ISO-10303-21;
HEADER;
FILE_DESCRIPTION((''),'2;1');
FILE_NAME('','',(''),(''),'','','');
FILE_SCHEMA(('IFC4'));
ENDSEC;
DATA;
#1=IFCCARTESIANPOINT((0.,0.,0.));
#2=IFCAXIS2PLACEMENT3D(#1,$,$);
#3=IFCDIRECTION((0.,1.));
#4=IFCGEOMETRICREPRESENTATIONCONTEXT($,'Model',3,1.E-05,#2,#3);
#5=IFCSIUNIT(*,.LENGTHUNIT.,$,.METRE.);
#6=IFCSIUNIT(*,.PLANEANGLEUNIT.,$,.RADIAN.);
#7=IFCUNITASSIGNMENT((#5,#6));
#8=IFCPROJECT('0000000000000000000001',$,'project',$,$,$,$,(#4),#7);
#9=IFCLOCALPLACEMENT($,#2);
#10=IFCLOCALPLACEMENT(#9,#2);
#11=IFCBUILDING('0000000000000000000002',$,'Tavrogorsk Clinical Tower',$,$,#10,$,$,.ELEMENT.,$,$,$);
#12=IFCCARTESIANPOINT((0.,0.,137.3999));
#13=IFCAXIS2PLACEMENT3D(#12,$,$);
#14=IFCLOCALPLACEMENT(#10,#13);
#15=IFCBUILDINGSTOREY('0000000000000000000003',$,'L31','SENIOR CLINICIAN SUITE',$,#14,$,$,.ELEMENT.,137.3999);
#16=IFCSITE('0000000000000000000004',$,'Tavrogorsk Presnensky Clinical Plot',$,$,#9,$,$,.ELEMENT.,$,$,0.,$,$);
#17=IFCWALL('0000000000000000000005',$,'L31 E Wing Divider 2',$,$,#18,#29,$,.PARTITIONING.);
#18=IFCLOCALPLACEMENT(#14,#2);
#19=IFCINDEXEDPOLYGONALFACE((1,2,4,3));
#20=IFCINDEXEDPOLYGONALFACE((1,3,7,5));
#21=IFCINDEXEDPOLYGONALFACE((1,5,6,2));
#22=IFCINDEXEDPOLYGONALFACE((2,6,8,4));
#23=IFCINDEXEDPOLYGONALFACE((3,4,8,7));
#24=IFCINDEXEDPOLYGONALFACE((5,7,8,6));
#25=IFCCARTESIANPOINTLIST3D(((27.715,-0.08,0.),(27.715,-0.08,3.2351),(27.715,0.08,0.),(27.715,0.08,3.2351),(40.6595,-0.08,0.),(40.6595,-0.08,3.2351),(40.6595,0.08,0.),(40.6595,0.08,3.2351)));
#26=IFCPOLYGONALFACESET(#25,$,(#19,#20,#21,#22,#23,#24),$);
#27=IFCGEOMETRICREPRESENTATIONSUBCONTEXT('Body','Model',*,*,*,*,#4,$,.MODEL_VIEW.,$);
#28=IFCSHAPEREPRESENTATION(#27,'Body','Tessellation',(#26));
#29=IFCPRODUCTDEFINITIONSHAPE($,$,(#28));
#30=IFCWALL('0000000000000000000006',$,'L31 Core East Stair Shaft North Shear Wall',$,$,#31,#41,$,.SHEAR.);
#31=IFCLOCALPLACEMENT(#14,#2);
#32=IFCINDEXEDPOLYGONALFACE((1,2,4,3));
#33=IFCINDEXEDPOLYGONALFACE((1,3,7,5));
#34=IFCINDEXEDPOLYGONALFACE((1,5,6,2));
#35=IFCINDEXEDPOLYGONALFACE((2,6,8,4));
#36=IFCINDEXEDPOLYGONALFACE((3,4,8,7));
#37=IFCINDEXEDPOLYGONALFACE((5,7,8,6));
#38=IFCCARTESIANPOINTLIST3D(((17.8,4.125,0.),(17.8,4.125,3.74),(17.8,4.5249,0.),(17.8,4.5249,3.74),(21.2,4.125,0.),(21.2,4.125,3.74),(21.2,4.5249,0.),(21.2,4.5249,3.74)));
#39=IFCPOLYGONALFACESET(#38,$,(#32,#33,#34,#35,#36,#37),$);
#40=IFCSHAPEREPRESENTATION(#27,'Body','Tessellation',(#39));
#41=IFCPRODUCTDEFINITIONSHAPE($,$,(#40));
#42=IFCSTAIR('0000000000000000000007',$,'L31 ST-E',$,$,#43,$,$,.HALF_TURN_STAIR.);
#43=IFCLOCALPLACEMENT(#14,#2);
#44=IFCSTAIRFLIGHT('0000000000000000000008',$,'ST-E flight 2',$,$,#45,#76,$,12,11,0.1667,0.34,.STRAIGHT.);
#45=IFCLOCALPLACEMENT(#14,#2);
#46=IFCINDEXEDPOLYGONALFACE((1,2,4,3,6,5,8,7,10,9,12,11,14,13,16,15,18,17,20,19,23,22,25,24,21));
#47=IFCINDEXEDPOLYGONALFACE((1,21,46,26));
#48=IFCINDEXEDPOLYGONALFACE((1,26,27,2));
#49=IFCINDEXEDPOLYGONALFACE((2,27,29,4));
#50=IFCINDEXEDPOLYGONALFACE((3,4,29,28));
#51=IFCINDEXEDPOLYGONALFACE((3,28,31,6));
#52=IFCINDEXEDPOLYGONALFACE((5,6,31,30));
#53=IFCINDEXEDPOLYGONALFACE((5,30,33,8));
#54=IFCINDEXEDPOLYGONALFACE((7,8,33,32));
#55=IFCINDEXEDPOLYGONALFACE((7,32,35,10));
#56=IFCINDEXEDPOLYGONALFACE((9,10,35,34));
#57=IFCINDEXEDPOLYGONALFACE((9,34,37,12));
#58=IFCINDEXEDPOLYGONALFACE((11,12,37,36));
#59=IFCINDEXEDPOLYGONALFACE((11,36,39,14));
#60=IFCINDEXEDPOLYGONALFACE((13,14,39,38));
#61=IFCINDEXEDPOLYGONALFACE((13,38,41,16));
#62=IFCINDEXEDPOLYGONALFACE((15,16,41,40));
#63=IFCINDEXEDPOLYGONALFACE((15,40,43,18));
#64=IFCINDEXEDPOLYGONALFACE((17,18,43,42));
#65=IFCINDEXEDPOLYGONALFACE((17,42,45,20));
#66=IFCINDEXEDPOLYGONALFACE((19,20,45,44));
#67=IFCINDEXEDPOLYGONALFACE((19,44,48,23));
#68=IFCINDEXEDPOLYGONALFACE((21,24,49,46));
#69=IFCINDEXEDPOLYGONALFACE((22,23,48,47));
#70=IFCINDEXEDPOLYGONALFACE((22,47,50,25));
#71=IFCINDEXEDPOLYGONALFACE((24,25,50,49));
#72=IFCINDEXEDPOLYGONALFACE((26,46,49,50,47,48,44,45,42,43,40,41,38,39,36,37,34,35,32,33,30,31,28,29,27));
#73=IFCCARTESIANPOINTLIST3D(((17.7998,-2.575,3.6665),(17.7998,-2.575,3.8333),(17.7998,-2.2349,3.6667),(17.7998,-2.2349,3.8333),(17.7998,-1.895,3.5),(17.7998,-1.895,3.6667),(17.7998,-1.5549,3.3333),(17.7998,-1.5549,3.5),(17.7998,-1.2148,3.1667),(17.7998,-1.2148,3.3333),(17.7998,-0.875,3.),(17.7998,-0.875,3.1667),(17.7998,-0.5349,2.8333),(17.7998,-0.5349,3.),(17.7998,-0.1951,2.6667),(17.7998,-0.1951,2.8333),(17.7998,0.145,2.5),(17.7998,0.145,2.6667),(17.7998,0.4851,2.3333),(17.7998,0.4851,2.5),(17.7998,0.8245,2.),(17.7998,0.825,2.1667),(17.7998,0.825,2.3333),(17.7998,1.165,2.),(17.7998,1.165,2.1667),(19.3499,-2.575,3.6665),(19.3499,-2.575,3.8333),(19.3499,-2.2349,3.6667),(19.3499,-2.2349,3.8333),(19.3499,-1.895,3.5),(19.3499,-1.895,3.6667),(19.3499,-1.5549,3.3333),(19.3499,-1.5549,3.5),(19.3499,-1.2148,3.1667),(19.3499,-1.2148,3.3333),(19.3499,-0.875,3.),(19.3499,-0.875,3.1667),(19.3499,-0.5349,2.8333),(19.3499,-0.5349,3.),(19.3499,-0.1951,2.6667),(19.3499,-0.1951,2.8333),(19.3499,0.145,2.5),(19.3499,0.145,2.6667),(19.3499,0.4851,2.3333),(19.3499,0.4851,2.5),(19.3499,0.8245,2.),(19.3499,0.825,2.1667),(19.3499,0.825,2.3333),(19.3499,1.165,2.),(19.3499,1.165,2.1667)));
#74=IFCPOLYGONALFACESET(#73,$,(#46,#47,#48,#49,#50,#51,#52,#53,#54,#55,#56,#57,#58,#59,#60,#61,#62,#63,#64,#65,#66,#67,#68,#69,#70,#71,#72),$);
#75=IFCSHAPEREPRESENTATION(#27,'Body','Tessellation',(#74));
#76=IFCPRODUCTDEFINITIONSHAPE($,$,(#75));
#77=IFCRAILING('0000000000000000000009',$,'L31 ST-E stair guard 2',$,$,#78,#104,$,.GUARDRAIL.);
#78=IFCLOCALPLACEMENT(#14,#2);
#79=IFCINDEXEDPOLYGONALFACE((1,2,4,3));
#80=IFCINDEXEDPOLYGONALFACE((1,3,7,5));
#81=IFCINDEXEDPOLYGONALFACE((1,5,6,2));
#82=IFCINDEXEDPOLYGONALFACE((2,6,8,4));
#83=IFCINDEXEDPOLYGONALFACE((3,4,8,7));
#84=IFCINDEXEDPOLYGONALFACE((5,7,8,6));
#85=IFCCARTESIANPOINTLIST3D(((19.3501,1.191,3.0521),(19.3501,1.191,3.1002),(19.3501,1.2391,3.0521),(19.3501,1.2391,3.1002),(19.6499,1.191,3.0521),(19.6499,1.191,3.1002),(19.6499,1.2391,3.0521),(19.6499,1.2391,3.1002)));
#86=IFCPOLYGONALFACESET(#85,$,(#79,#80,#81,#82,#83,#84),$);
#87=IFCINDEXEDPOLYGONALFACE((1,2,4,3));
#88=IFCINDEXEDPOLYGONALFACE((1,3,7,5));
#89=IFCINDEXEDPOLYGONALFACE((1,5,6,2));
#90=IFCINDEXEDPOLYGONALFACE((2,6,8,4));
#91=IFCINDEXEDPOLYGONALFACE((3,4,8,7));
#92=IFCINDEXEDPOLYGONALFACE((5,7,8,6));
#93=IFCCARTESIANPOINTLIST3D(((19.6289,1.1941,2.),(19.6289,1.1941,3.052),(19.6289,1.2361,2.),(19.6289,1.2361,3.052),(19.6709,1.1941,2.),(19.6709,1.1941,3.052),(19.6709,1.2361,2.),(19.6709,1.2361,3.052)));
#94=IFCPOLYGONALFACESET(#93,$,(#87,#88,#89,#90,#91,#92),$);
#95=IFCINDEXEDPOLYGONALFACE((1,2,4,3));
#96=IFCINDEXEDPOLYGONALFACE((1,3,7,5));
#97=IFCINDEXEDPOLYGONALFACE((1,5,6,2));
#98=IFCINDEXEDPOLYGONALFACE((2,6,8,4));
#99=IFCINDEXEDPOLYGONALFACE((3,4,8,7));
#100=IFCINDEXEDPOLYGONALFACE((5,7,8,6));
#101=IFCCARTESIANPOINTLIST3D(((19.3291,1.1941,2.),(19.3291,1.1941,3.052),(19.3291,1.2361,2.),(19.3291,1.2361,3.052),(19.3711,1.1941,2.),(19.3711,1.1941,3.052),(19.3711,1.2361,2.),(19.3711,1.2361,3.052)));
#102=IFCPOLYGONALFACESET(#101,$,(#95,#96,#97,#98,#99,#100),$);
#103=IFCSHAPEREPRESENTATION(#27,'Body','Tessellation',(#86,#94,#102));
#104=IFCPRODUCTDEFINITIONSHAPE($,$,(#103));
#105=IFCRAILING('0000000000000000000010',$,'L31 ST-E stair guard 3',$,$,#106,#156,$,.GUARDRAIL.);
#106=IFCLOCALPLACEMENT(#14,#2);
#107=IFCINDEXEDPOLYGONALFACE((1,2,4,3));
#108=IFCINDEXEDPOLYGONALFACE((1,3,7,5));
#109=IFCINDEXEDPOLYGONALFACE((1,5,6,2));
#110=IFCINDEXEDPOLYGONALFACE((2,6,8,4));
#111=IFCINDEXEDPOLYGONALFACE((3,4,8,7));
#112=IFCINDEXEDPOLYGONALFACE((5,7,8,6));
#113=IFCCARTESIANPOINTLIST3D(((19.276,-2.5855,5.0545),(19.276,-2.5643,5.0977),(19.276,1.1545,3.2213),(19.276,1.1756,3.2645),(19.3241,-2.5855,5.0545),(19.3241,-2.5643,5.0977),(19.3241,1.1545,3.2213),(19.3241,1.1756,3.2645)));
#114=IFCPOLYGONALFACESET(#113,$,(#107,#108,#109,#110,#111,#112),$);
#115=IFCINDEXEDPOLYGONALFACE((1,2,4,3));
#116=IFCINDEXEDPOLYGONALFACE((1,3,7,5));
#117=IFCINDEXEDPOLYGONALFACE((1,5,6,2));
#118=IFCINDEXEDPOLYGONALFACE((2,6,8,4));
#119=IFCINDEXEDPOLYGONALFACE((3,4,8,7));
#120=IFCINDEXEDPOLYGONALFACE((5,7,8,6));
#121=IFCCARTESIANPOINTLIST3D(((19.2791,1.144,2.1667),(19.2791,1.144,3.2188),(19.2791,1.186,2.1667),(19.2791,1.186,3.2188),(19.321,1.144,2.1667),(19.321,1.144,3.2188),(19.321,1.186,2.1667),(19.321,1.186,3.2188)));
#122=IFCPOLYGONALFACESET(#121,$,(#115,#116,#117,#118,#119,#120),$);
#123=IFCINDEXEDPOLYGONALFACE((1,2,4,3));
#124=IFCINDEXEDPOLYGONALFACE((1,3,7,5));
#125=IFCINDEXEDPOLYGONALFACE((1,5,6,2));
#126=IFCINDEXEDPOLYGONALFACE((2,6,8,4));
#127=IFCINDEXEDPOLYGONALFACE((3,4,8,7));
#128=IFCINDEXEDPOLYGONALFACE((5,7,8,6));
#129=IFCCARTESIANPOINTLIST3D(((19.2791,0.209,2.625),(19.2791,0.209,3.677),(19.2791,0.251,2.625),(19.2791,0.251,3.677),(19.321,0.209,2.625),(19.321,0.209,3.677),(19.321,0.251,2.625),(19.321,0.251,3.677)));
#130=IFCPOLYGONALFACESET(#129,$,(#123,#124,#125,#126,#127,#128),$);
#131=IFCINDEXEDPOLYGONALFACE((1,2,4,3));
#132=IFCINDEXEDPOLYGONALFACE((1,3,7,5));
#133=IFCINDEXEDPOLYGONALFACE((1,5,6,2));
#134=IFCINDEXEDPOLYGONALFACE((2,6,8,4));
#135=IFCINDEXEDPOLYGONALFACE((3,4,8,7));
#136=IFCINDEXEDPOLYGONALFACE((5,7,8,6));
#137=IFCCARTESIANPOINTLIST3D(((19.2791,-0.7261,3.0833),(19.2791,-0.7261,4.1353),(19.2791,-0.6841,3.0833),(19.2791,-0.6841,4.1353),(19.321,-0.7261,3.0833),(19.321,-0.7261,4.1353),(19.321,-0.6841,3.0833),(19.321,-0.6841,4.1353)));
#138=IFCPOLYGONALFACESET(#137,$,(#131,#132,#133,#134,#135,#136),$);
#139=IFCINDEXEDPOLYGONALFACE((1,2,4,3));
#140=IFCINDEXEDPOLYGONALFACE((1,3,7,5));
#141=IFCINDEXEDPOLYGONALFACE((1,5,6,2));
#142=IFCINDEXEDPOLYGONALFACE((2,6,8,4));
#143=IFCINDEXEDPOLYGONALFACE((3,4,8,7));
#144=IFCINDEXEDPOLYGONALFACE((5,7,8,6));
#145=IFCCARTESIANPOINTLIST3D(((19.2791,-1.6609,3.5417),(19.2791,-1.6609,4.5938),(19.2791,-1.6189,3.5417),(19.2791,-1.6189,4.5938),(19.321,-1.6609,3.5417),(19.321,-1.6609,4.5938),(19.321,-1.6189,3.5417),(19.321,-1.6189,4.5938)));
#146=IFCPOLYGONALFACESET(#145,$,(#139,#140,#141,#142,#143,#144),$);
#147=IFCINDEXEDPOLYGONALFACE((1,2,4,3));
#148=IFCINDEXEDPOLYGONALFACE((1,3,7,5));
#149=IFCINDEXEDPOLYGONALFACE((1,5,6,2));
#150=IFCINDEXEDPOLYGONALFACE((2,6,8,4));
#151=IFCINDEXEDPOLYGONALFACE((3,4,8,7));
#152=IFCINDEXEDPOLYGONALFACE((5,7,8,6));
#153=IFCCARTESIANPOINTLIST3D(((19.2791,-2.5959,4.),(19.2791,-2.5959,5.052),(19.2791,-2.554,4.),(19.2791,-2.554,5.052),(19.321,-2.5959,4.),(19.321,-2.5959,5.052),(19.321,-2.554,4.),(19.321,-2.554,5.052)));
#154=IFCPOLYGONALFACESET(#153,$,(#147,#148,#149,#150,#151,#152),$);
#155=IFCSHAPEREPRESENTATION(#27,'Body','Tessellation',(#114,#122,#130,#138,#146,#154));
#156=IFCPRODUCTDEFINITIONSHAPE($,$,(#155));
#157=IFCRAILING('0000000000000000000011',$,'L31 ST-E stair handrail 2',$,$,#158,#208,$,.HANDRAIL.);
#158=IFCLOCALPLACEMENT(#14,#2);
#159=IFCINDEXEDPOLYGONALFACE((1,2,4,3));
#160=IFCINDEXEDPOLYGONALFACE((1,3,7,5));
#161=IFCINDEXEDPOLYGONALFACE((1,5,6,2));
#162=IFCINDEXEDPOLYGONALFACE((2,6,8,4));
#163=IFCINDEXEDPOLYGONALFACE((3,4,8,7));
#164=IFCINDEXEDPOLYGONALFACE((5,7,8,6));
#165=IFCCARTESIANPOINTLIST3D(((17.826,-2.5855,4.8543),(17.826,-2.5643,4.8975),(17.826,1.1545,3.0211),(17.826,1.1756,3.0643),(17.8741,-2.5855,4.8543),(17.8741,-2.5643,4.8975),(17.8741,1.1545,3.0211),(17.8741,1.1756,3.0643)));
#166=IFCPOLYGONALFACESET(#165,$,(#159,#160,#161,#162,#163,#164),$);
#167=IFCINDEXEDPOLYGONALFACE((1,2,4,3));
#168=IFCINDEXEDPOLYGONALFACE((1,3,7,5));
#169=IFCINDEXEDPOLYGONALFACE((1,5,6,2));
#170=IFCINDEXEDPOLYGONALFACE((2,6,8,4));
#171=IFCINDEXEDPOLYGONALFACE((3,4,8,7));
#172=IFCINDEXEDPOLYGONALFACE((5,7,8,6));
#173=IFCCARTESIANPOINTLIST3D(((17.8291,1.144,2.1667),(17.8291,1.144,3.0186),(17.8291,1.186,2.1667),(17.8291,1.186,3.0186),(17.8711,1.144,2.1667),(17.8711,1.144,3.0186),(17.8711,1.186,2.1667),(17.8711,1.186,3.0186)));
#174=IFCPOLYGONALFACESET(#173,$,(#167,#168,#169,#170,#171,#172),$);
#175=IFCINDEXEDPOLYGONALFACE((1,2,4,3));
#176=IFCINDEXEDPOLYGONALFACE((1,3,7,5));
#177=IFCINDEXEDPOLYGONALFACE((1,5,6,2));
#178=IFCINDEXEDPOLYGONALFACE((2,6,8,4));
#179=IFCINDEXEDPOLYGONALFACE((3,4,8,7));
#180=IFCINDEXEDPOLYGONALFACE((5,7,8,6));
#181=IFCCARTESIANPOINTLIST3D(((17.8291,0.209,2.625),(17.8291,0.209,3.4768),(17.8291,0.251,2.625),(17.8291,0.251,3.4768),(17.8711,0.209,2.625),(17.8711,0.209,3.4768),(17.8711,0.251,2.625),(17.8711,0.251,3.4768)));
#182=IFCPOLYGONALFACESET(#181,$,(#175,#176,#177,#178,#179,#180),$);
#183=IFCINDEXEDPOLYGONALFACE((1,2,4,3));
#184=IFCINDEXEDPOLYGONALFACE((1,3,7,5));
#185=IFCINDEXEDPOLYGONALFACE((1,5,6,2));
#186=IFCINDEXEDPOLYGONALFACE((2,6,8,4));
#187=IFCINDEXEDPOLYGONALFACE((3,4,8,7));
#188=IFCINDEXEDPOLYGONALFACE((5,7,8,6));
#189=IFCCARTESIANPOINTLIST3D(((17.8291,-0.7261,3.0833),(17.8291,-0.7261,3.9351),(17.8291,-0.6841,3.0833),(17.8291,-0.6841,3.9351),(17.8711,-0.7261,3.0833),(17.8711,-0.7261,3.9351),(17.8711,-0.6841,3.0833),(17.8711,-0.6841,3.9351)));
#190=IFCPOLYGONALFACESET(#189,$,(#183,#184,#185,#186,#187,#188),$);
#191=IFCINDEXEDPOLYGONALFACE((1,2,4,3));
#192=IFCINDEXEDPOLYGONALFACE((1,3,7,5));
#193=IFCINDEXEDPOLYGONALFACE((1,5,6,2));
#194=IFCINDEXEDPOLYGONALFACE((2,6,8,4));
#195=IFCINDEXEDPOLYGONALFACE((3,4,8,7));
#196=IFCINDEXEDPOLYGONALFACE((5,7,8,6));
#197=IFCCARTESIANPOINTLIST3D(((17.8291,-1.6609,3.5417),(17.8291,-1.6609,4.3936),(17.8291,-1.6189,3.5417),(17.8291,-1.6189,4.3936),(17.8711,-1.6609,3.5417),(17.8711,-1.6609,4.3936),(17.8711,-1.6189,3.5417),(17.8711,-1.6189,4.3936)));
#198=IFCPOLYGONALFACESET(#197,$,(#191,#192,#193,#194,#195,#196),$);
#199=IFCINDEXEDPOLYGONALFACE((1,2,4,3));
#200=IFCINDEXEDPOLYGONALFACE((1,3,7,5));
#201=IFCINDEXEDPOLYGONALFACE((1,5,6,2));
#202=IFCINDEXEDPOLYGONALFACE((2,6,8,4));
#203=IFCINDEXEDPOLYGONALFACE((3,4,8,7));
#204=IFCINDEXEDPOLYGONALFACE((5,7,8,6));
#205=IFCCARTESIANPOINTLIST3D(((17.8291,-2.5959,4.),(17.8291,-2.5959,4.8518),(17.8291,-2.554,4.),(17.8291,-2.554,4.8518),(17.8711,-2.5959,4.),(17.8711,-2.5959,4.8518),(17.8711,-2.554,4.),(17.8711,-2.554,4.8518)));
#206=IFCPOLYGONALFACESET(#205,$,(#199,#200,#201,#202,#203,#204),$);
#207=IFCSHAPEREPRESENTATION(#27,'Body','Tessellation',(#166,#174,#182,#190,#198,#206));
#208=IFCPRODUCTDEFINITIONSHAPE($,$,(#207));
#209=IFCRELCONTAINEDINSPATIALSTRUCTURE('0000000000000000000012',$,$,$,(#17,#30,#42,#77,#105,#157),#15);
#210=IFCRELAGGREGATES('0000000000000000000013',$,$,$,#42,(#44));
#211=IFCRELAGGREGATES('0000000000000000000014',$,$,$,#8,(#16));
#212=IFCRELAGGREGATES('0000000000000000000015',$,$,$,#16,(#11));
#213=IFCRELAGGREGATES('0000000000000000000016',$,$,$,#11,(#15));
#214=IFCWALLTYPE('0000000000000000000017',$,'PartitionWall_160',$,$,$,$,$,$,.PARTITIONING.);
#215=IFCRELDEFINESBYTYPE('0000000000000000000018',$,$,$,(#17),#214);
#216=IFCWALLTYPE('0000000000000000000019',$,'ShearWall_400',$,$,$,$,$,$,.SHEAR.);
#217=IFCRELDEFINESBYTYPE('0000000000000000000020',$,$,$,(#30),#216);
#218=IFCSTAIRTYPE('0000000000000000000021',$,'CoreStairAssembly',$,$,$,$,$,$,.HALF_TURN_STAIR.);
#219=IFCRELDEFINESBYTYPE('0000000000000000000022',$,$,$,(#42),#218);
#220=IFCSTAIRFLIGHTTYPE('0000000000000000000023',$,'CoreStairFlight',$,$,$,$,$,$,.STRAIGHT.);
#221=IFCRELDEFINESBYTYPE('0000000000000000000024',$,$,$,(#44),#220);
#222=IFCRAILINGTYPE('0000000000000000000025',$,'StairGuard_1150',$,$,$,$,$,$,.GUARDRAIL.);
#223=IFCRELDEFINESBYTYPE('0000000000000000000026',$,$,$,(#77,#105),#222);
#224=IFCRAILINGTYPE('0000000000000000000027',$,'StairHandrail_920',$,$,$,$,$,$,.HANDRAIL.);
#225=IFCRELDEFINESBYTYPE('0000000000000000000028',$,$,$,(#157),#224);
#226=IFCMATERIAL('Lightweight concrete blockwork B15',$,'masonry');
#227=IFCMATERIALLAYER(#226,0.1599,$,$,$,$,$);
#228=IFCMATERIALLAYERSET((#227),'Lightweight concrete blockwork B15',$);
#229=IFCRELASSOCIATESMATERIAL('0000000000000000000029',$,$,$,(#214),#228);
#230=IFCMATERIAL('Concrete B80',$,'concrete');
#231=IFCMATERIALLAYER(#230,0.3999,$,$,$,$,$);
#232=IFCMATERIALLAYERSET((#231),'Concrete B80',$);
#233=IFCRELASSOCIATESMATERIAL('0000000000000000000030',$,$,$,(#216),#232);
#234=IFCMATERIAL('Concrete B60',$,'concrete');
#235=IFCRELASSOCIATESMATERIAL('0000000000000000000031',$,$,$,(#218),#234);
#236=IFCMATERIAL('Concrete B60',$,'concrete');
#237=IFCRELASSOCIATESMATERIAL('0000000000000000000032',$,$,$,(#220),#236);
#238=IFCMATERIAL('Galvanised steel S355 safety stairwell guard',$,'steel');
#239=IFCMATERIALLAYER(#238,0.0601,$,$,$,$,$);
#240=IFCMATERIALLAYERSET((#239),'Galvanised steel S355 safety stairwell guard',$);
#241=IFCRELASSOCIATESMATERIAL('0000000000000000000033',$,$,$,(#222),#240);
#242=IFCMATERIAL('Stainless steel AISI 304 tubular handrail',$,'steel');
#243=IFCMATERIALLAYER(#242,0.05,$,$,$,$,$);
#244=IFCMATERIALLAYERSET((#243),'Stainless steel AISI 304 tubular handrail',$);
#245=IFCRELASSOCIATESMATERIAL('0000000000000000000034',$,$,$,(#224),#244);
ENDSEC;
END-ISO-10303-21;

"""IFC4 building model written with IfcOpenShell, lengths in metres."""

from ifc_helpers import new_model, si_unit, direction, frame, frame_2d, origin, origin_2d, place, context, subcontext, project, spatial, polyline, rectangle, outline, extrude, material, layer, layer_set, type_object, element, aggregate, save


model = new_model("IFC4")

# Units and contexts
model_context = context("Model", 3, precision=1e-05, world=origin(), true_north=direction((0.0, 1.0)))
body_context = subcontext(model_context, "Body", "Model", "MODEL_VIEW")
ifc_project = project(units=[si_unit("LENGTHUNIT", "METRE"), si_unit("PLANEANGLEUNIT", "RADIAN")], contexts=[model_context])

# Site, building, storey
site_placement = place(None, origin())
site = spatial("IfcSite", under=ifc_project, at=site_placement, Name="Tavrogorsk Presnensky Clinical Plot", CompositionType="ELEMENT", RefElevation=0.0)
building_placement = place(site_placement, origin())
building = spatial("IfcBuilding", under=site, at=building_placement, Name="Tavrogorsk Clinical Tower", CompositionType="ELEMENT")
storey_placement = place(building_placement, frame((0.0, 0.0, 137.3999)))
storey = spatial("IfcBuildingStorey", under=building, at=storey_placement, Name="L31", Description="SENIOR CLINICIAN SUITE", CompositionType="ELEMENT", Elevation=137.3999)

# Shared definitions
ifc_material_1 = material(Name="Lightweight concrete blockwork B15", Category="masonry")
ifc_layer_1 = layer(ifc_material_1, 0.1599)
ifc_layer_set_1 = layer_set([ifc_layer_1], Name="Lightweight concrete blockwork B15")
wall_type_1 = type_object("IfcWallType", Name="PartitionWall_160", PredefinedType="PARTITIONING", material=ifc_layer_set_1)

# Walls
wall_1_placement = place(storey_placement, frame((27.7151, 0.0, 0.0), z_axis=(0.0, 0.0, 1.0), x_axis=(1.0, 0.0, 0.0)))
element("IfcWall", 1, at=wall_1_placement, inside=storey, type_object=wall_type_1, Name="L31 E Wing Divider 2", PredefinedType="PARTITIONING", context=body_context, shape_type="SweptSolid", body=[
    extrude(rectangle(XDim=12.9446, YDim=0.1599, at=frame_2d((6.4722, 0.0))), origin(), (0.0, 0.0, 1.0), 3.2351),
])
ifc_material_2 = material(Name="Concrete B80", Category="concrete")
ifc_layer_2 = layer(ifc_material_2, 0.3999)
ifc_layer_set_2 = layer_set([ifc_layer_2], Name="Concrete B80")
wall_type_2 = type_object("IfcWallType", Name="ShearWall_400", PredefinedType="SHEAR", material=ifc_layer_set_2)
wall_2_placement = place(storey_placement, frame((17.8, 4.325, 0.0), z_axis=(0.0, 0.0, 1.0), x_axis=(1.0, 0.0, 0.0)))
element("IfcWall", 2, at=wall_2_placement, inside=storey, type_object=wall_type_2, Name="L31 Core East Stair Shaft North Shear Wall", PredefinedType="SHEAR", context=body_context, shape_type="SweptSolid", body=[
    extrude(rectangle(XDim=3.3999, YDim=0.3999, at=frame_2d((1.7, 0.0))), origin(), (0.0, 0.0, 1.0), 3.74),
])

# Stair, stair flight
ifc_material_3 = material(Name="Concrete B60", Category="concrete")
stair_type = type_object("IfcStairType", Name="CoreStairAssembly", PredefinedType="HALF_TURN_STAIR", material=ifc_material_3)
stair_placement = place(storey_placement, origin())
stair = element("IfcStair", 3, at=stair_placement, inside=storey, type_object=stair_type, Name="L31 ST-E", PredefinedType="HALF_TURN_STAIR")
ifc_material_4 = material(Name="Concrete B60", Category="concrete")
stair_flight_type = type_object("IfcStairFlightType", Name="CoreStairFlight", PredefinedType="STRAIGHT", material=ifc_material_4)
stair_flight_placement = place(storey_placement, frame((18.575, 1.165, 2.0), z_axis=(0.0, 0.0, 1.0), x_axis=(0.0, -1.0, 0.0)))
stair_flight = element("IfcStairFlight", 4, at=stair_flight_placement, type_object=stair_flight_type, Name="ST-E flight 2", NumberOfRisers=12, NumberOfTreads=11, PredefinedType="STRAIGHT", RiserHeight=0.1667, TreadLength=0.34, context=body_context, shape_type="SweptSolid", body=[
    extrude(outline(polyline([(0.0, 0.0), (0.0, 0.1667), (0.3401, 0.1667), (0.3401, 0.3333), (0.6799, 0.3333), (0.6799, 0.5), (1.02, 0.5), (1.02, 0.6667), (1.3601, 0.6667), (1.3601, 0.8333), (1.7, 0.8333), (1.7, 1.0), (2.04, 1.0), (2.04, 1.1667), (2.3799, 1.1667), (2.3799, 1.3333), (2.72, 1.3333), (2.72, 1.5), (3.0601, 1.5), (3.0601, 1.6667), (3.3999, 1.6667), (3.3999, 1.8333), (3.74, 1.8333), (3.74, 2.0), (3.74, 1.6665), (0.3406, 0.0), (0.0, 0.0)])), frame((0.0, 0.7749, 0.0), z_axis=(0.0, -1.0, 0.0), x_axis=(1.0, 0.0, 0.0)), (0.0, 0.0, 1.0), 1.55),
])
aggregate(stair, [stair_flight])

# Railings
ifc_material_5 = material(Name="Galvanised steel S355 safety stairwell guard", Category="steel")
ifc_layer_3 = layer(ifc_material_5, 0.0601)
ifc_layer_set_3 = layer_set([ifc_layer_3], Name="Galvanised steel S355 safety stairwell guard")
railing_type_1 = type_object("IfcRailingType", Name="StairGuard_1150", PredefinedType="GUARDRAIL", material=ifc_layer_set_3)
railing_1_placement = place(storey_placement, frame((19.6499, 1.2151, 2.0)))
element("IfcRailing", 5, at=railing_1_placement, inside=storey, type_object=railing_type_1, Name="L31 ST-E stair guard 2", PredefinedType="GUARDRAIL", context=body_context, shape_type="SweptSolid", body=[
    extrude(rectangle(XDim=0.0481, YDim=0.0481, at=origin_2d()), frame((0.0, 0.0, 1.0762), z_axis=(-1.0, 0.0, 0.0), x_axis=(0.0, -1.0, 0.0)), (0.0, 0.0, 1.0), 0.2998),
    extrude(rectangle(XDim=0.042, YDim=0.042, at=origin_2d()), origin(), (0.0, 0.0, 1.0), 1.052),
    extrude(rectangle(XDim=0.042, YDim=0.042, at=origin_2d()), frame((-0.2998, 0.0, 0.0)), (0.0, 0.0, 1.0), 1.052),
])
railing_2_placement = place(storey_placement, frame((19.3, 1.165, 2.1667)))
element("IfcRailing", 6, at=railing_2_placement, inside=storey, type_object=railing_type_1, Name="L31 ST-E stair guard 3", PredefinedType="GUARDRAIL", context=body_context, shape_type="SweptSolid", body=[
    extrude(rectangle(XDim=0.0481, YDim=0.0481, at=origin_2d()), frame((0.0, 0.0, 1.0762), z_axis=(0.0, -0.897928, 0.440142), x_axis=(1.0, 0.0, 0.0)), (0.0, 0.0, 1.0), 4.165),
    extrude(rectangle(XDim=0.042, YDim=0.042, at=origin_2d()), origin(), (0.0, 0.0, 1.0), 1.052),
    extrude(rectangle(XDim=0.042, YDim=0.042, at=origin_2d()), frame((0.0, -0.9351, 0.4583)), (0.0, 0.0, 1.0), 1.052),
    extrude(rectangle(XDim=0.042, YDim=0.042, at=origin_2d()), frame((0.0, -1.8701, 0.9165)), (0.0, 0.0, 1.0), 1.052),
    extrude(rectangle(XDim=0.042, YDim=0.042, at=origin_2d()), frame((0.0, -2.8049, 1.375)), (0.0, 0.0, 1.0), 1.052),
    extrude(rectangle(XDim=0.042, YDim=0.042, at=origin_2d()), frame((0.0, -3.74, 1.8333)), (0.0, 0.0, 1.0), 1.052),
])
ifc_material_6 = material(Name="Stainless steel AISI 304 tubular handrail", Category="steel")
ifc_layer_4 = layer(ifc_material_6, 0.05)
ifc_layer_set_4 = layer_set([ifc_layer_4], Name="Stainless steel AISI 304 tubular handrail")
railing_type_2 = type_object("IfcRailingType", Name="StairHandrail_920", PredefinedType="HANDRAIL", material=ifc_layer_set_4)
railing_3_placement = place(storey_placement, frame((17.8501, 1.165, 2.1667)))
element("IfcRailing", 7, at=railing_3_placement, inside=storey, type_object=railing_type_2, Name="L31 ST-E stair handrail 2", PredefinedType="HANDRAIL", context=body_context, shape_type="SweptSolid", body=[
    extrude(rectangle(XDim=0.0481, YDim=0.0481, at=origin_2d()), frame((0.0, 0.0, 0.876), z_axis=(0.0, -0.897928, 0.440142), x_axis=(1.0, 0.0, 0.0)), (0.0, 0.0, 1.0), 4.165),
    extrude(rectangle(XDim=0.042, YDim=0.042, at=origin_2d()), origin(), (0.0, 0.0, 1.0), 0.8518),
    extrude(rectangle(XDim=0.042, YDim=0.042, at=origin_2d()), frame((0.0, -0.9351, 0.4583)), (0.0, 0.0, 1.0), 0.8518),
    extrude(rectangle(XDim=0.042, YDim=0.042, at=origin_2d()), frame((0.0, -1.8701, 0.9165)), (0.0, 0.0, 1.0), 0.8518),
    extrude(rectangle(XDim=0.042, YDim=0.042, at=origin_2d()), frame((0.0, -2.8049, 1.375)), (0.0, 0.0, 1.0), 0.8518),
    extrude(rectangle(XDim=0.042, YDim=0.042, at=origin_2d()), frame((0.0, -3.74, 1.8333)), (0.0, 0.0, 1.0), 0.8518),
])

save(model, "model.ifc")
